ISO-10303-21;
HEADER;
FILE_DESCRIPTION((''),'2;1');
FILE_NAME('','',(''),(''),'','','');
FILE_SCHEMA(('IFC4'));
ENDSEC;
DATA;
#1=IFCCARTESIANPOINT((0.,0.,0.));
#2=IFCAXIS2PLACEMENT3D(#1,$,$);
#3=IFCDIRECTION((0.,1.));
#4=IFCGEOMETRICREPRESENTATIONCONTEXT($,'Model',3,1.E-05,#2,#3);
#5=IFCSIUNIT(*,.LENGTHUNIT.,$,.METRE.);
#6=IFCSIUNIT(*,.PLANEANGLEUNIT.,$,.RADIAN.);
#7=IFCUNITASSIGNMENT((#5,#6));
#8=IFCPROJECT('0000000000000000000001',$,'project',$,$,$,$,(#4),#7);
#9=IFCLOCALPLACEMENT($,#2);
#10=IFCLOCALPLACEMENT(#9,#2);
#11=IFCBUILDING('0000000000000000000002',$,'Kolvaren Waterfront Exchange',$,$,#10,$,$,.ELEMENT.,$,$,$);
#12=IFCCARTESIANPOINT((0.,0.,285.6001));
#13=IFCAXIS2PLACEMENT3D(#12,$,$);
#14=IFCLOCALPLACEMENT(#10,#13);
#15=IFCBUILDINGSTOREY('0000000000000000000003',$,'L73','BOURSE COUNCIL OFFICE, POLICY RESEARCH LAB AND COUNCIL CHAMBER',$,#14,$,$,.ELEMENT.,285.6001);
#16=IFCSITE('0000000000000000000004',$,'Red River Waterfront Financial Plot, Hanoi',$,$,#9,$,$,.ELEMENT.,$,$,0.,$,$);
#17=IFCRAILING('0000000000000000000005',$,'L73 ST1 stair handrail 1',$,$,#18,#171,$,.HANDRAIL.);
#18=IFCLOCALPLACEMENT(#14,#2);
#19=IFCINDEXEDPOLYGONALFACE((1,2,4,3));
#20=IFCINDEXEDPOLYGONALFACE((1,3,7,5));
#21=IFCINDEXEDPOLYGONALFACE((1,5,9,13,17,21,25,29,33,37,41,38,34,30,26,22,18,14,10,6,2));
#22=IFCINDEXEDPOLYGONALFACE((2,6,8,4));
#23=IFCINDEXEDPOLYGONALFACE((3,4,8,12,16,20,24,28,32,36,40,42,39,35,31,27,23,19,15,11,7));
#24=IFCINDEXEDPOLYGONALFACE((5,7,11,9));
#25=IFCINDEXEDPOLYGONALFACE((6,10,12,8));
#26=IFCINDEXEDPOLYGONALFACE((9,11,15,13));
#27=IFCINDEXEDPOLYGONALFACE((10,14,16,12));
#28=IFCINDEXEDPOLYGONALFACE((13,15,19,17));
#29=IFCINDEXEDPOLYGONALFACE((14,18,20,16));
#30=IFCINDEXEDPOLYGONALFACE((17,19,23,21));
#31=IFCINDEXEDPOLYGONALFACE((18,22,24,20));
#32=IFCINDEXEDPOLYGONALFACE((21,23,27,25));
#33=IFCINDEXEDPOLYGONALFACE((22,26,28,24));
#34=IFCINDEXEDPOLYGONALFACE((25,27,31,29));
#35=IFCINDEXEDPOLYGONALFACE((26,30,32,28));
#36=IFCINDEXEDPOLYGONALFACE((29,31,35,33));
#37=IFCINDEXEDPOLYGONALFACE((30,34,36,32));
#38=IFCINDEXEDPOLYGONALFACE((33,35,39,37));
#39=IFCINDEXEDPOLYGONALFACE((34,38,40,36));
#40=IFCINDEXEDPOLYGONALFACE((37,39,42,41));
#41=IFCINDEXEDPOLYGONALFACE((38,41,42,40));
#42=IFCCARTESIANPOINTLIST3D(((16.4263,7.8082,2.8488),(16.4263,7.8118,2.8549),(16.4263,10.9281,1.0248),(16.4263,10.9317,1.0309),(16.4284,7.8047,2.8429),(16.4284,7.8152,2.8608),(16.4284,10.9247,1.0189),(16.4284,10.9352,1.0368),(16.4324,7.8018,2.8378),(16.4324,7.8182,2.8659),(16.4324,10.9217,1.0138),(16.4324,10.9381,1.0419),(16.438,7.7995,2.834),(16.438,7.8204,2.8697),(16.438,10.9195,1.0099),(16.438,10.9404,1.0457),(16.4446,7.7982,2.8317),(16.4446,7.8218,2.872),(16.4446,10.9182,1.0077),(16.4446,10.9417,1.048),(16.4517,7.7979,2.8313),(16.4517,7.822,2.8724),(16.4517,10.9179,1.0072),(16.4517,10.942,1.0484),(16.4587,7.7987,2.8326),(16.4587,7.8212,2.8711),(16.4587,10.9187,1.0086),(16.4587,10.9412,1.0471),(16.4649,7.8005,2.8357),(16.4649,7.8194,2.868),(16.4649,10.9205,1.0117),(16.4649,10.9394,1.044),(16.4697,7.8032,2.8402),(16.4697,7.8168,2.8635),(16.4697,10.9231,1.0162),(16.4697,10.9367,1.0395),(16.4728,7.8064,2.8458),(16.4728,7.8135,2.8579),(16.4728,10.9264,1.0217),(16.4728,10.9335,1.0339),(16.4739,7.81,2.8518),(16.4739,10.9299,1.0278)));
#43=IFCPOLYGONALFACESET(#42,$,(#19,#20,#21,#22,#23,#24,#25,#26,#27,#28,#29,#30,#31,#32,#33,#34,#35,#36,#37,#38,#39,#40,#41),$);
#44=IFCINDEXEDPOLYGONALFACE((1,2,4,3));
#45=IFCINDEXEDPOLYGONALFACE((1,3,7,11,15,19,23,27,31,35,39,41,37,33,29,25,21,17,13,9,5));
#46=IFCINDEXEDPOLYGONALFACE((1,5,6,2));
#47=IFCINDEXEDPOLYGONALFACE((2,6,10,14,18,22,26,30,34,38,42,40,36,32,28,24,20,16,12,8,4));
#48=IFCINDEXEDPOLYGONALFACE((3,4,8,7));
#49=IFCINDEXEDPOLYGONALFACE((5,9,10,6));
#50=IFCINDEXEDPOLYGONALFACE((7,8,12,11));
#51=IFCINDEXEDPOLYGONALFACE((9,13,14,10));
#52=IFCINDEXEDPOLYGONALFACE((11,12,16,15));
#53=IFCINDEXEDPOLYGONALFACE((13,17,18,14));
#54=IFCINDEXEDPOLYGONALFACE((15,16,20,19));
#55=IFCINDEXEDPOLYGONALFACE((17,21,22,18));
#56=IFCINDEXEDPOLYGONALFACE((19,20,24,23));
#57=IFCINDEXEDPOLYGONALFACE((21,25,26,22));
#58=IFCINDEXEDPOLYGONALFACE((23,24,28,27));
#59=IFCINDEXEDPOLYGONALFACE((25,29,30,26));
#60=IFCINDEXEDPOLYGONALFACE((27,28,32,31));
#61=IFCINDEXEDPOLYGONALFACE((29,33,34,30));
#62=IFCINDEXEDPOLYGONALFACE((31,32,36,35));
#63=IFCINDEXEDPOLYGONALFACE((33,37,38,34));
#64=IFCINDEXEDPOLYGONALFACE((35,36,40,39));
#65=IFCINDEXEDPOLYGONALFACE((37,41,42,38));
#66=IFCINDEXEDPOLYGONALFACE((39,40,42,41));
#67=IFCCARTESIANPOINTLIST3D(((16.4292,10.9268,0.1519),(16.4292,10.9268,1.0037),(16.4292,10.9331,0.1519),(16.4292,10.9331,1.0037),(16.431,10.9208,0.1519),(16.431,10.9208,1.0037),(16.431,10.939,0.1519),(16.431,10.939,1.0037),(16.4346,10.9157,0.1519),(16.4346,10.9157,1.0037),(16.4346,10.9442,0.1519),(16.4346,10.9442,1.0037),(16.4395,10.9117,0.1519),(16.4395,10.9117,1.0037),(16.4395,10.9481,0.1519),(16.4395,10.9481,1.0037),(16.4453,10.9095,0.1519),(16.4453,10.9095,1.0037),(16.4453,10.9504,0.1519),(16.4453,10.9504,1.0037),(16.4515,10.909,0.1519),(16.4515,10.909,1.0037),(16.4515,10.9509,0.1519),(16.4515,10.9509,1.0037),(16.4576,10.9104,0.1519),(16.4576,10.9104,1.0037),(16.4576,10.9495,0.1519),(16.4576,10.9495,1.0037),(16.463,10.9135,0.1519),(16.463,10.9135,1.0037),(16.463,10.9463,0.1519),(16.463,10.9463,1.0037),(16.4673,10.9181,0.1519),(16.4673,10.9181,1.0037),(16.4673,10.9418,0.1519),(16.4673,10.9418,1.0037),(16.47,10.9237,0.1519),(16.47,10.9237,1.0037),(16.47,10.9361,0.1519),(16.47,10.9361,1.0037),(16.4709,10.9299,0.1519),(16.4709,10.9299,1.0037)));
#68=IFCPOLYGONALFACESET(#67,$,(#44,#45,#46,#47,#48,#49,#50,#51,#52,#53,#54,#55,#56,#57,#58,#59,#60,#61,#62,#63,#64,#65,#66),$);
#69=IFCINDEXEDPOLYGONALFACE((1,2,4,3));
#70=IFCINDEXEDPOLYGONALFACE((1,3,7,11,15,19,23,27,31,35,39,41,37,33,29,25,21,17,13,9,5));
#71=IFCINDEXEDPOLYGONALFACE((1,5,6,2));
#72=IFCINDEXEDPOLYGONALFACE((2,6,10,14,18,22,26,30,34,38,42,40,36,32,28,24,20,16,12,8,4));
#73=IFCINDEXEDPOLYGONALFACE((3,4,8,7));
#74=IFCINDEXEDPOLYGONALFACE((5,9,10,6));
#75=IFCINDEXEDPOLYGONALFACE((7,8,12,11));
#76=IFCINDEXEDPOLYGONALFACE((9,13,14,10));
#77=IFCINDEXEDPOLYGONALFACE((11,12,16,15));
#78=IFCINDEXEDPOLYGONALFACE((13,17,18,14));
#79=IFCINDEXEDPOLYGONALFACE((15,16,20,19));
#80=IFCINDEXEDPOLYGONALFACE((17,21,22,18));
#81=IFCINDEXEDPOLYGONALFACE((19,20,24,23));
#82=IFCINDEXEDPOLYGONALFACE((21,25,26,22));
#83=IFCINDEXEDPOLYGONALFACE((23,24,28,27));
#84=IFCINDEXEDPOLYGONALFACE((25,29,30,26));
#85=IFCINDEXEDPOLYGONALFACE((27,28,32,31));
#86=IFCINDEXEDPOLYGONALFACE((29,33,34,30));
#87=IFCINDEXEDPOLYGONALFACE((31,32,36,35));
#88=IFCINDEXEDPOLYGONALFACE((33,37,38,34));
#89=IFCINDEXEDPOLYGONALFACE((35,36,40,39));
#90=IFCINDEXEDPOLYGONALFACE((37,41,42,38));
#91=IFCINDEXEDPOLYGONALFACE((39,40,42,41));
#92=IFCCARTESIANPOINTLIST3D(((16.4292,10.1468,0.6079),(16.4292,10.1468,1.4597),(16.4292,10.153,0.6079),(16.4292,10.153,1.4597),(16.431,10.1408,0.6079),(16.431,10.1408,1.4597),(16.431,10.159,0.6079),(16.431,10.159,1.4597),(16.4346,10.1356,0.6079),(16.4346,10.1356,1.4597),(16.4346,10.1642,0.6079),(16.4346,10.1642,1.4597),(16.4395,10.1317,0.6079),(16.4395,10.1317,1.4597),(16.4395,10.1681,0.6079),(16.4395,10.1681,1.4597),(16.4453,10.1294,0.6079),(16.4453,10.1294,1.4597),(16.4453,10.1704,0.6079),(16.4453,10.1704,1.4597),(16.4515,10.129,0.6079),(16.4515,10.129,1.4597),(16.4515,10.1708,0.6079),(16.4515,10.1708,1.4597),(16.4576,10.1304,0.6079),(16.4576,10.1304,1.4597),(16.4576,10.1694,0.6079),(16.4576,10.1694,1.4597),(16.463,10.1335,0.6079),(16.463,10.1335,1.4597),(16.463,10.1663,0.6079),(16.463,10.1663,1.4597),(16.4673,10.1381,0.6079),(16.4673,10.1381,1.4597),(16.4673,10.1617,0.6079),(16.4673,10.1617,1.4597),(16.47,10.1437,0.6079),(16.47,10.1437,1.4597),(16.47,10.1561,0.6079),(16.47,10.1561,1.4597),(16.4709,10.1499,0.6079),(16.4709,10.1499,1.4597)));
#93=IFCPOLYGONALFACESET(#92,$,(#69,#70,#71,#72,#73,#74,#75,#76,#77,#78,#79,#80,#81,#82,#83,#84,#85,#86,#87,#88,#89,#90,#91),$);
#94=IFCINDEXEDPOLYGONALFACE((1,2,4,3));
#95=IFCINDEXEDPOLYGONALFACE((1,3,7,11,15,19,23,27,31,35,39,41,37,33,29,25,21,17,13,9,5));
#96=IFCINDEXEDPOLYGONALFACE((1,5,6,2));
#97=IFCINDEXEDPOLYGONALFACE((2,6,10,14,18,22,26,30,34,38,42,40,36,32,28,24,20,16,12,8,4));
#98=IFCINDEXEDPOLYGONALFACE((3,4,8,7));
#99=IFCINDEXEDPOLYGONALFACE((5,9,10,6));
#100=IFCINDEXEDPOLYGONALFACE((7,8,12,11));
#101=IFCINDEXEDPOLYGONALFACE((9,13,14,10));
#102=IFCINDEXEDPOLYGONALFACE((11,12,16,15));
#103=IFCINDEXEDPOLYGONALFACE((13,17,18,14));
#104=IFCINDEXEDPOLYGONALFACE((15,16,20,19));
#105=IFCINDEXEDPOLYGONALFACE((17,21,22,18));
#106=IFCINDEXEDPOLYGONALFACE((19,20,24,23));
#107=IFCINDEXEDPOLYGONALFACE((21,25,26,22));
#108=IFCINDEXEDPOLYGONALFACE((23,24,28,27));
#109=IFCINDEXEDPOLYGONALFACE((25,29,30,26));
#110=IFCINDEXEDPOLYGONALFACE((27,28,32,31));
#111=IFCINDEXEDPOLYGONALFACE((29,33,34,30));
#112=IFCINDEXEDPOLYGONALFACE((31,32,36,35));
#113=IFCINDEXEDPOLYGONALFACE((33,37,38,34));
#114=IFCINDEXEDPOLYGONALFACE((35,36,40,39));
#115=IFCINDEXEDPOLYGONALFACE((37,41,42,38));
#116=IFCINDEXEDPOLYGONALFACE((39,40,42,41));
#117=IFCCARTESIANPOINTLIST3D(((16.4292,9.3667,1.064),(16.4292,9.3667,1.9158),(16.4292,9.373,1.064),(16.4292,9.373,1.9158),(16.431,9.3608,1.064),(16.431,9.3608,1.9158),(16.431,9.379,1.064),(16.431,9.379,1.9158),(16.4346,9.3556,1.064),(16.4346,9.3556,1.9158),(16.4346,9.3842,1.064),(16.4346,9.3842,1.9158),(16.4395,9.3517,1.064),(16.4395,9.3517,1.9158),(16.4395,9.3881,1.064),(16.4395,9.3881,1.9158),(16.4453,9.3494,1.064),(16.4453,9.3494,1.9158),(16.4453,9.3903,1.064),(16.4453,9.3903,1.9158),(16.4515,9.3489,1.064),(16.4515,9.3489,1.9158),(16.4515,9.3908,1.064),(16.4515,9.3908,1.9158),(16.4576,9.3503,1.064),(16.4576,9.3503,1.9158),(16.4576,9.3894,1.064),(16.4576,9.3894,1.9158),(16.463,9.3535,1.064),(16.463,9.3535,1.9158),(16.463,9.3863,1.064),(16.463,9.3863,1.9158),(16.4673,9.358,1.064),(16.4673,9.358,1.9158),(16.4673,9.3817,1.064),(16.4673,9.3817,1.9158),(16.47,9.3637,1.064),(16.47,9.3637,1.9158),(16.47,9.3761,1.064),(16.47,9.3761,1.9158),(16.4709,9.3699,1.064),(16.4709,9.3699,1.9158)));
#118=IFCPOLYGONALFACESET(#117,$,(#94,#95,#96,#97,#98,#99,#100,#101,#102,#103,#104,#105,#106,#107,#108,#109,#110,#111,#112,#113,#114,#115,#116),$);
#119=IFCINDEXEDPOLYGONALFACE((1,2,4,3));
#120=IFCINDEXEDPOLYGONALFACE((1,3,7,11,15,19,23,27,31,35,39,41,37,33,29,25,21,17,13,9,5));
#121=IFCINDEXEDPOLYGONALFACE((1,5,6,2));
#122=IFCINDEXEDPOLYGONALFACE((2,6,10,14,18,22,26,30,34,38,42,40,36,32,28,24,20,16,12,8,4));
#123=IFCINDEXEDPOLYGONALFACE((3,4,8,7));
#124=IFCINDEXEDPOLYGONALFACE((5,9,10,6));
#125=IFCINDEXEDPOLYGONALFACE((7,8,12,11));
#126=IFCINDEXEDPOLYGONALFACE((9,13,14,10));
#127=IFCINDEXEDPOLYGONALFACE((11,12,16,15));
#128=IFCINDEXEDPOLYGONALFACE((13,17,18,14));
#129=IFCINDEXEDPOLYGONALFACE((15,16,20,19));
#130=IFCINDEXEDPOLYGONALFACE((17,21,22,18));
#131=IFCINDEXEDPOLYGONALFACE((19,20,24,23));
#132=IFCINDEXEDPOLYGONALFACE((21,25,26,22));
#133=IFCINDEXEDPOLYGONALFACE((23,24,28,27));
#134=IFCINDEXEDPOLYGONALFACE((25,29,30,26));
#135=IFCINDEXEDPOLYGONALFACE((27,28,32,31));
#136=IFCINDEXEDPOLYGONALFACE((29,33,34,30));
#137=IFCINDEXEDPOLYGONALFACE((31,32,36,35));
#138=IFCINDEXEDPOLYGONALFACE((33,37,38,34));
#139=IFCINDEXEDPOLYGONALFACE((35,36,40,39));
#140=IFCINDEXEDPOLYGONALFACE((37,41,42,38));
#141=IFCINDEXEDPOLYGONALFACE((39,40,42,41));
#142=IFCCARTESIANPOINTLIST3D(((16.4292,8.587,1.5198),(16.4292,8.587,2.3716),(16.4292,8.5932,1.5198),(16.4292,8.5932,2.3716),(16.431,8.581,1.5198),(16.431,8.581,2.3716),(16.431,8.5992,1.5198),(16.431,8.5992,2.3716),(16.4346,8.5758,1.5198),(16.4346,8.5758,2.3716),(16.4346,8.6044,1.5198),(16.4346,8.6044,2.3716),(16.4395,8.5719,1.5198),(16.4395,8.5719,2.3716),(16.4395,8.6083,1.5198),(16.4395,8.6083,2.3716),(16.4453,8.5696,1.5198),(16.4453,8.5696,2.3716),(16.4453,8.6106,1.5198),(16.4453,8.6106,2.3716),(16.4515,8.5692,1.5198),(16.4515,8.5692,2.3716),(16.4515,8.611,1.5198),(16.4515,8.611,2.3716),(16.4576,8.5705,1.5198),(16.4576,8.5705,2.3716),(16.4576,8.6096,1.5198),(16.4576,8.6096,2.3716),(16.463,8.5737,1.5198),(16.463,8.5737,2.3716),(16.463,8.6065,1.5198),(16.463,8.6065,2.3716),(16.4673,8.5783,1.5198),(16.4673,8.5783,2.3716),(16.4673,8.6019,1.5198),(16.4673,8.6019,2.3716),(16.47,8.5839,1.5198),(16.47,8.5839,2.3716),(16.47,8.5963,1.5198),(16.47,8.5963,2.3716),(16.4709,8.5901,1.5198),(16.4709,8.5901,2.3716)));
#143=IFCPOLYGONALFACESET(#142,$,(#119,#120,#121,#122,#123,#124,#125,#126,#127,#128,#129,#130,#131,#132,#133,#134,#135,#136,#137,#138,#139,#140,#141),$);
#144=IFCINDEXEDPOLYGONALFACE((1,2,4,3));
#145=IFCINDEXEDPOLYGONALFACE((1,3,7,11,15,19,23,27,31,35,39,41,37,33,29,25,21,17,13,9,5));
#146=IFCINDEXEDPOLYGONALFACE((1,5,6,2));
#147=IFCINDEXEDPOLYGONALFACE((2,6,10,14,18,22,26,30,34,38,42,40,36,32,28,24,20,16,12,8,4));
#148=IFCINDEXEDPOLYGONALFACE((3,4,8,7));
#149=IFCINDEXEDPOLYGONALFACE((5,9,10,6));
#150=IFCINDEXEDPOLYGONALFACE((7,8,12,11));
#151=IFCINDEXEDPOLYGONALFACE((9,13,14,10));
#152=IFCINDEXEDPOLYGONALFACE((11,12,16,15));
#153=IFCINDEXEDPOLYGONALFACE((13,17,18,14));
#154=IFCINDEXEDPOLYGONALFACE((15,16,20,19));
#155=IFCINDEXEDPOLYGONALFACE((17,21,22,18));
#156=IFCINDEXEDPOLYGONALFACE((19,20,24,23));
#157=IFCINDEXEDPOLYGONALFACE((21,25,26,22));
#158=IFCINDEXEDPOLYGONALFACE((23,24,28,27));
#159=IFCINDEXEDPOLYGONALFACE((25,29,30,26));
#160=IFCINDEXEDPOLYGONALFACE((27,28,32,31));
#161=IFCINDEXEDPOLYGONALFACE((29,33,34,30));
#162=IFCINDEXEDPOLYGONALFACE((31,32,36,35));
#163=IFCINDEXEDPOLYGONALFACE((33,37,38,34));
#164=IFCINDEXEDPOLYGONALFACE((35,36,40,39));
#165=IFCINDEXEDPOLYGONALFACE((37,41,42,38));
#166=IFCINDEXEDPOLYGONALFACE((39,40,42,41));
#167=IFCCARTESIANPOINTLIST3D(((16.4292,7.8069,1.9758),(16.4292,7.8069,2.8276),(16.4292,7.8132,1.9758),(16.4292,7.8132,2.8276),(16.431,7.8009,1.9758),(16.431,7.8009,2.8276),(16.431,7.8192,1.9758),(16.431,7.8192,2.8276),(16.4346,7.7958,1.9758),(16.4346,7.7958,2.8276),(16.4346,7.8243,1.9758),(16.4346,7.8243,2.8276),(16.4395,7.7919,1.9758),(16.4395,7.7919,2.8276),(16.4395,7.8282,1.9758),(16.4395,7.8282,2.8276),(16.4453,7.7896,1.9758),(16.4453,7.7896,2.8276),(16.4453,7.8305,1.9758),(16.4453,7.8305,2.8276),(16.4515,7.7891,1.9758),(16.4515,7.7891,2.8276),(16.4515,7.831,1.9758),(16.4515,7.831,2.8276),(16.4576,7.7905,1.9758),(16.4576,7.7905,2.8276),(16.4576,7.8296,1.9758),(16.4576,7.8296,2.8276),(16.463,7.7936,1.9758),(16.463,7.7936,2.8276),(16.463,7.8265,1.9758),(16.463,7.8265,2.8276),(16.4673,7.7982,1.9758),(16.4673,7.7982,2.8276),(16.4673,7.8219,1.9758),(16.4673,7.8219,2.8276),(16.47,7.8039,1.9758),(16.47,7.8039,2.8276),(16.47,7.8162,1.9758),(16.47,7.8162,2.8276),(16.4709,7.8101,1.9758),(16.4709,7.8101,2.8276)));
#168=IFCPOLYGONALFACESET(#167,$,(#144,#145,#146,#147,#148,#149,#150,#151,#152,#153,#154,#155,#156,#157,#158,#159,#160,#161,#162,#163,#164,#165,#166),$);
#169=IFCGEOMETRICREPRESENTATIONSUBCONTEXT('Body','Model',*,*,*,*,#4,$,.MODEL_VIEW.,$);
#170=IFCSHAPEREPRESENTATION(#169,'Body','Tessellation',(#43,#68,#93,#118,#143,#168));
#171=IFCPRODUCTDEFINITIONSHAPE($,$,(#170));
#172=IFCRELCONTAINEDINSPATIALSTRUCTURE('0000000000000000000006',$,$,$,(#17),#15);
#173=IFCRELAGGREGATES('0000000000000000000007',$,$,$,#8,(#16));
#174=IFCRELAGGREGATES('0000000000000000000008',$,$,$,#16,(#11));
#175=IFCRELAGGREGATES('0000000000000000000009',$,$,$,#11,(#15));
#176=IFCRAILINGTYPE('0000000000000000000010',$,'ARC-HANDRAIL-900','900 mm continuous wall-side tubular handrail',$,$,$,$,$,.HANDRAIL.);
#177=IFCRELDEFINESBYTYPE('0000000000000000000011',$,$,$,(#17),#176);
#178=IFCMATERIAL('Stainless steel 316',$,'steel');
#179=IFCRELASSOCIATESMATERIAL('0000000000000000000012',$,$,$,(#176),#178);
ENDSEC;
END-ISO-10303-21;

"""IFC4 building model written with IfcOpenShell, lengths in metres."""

from ifc_helpers import new_model, si_unit, direction, frame, origin, origin_2d, place, context, subcontext, project, spatial, circle, extrude, material, type_object, element, save


model = new_model("IFC4")

# Units and contexts
model_context = context("Model", 3, precision=1e-05, world=origin(), true_north=direction((0.0, 1.0)))
body_context = subcontext(model_context, "Body", "Model", "MODEL_VIEW")
ifc_project = project(units=[si_unit("LENGTHUNIT", "METRE"), si_unit("PLANEANGLEUNIT", "RADIAN")], contexts=[model_context])

# Site, building, storey
site_placement = place(None, origin())
site = spatial("IfcSite", under=ifc_project, at=site_placement, Name="Red River Waterfront Financial Plot, Hanoi", CompositionType="ELEMENT", RefElevation=0.0)
building_placement = place(site_placement, origin())
building = spatial("IfcBuilding", under=site, at=building_placement, Name="Kolvaren Waterfront Exchange", CompositionType="ELEMENT")
storey_placement = place(building_placement, frame((0.0, 0.0, 285.6001)))
storey = spatial("IfcBuildingStorey", under=building, at=storey_placement, Name="L73", Description="BOURSE COUNCIL OFFICE, POLICY RESEARCH LAB AND COUNCIL CHAMBER", CompositionType="ELEMENT", Elevation=285.6001)

# Railing
ifc_material_1 = material(Name="Stainless steel 316", Category="steel")
railing_type_1 = type_object("IfcRailingType", Name="ARC-HANDRAIL-900", Description="900 mm continuous wall-side tubular handrail", PredefinedType="HANDRAIL", material=ifc_material_1)
railing_1_placement = place(storey_placement, frame((16.45, 10.9299, 0.1519)))
element("IfcRailing", 1, at=railing_1_placement, inside=storey, type_object=railing_type_1, Name="L73 ST1 stair handrail 1", PredefinedType="HANDRAIL", context=body_context, shape_type="SweptSolid", body=[
    extrude(circle(Radius=0.0239, at=origin_2d()), frame((0.0, 0.0, 0.876), z_axis=(0.0, -0.863291, 0.504707), x_axis=(1.0, 0.0, 0.0)), (0.0, 0.0, 1.0), 3.614),
    extrude(circle(Radius=0.021, at=origin_2d()), origin(), (0.0, 0.0, 1.0), 0.8518),
    extrude(circle(Radius=0.021, at=origin_2d()), frame((0.0, -0.78, 0.4561)), (0.0, 0.0, 1.0), 0.8518),
    extrude(circle(Radius=0.021, at=origin_2d()), frame((0.0, -1.5601, 0.9121)), (0.0, 0.0, 1.0), 0.8518),
    extrude(circle(Radius=0.021, at=origin_2d()), frame((0.0, -2.3398, 1.3679)), (0.0, 0.0, 1.0), 0.8518),
    extrude(circle(Radius=0.021, at=origin_2d()), frame((0.0, -3.1199, 1.824)), (0.0, 0.0, 1.0), 0.8518),
])

save(model, "model.ifc")
